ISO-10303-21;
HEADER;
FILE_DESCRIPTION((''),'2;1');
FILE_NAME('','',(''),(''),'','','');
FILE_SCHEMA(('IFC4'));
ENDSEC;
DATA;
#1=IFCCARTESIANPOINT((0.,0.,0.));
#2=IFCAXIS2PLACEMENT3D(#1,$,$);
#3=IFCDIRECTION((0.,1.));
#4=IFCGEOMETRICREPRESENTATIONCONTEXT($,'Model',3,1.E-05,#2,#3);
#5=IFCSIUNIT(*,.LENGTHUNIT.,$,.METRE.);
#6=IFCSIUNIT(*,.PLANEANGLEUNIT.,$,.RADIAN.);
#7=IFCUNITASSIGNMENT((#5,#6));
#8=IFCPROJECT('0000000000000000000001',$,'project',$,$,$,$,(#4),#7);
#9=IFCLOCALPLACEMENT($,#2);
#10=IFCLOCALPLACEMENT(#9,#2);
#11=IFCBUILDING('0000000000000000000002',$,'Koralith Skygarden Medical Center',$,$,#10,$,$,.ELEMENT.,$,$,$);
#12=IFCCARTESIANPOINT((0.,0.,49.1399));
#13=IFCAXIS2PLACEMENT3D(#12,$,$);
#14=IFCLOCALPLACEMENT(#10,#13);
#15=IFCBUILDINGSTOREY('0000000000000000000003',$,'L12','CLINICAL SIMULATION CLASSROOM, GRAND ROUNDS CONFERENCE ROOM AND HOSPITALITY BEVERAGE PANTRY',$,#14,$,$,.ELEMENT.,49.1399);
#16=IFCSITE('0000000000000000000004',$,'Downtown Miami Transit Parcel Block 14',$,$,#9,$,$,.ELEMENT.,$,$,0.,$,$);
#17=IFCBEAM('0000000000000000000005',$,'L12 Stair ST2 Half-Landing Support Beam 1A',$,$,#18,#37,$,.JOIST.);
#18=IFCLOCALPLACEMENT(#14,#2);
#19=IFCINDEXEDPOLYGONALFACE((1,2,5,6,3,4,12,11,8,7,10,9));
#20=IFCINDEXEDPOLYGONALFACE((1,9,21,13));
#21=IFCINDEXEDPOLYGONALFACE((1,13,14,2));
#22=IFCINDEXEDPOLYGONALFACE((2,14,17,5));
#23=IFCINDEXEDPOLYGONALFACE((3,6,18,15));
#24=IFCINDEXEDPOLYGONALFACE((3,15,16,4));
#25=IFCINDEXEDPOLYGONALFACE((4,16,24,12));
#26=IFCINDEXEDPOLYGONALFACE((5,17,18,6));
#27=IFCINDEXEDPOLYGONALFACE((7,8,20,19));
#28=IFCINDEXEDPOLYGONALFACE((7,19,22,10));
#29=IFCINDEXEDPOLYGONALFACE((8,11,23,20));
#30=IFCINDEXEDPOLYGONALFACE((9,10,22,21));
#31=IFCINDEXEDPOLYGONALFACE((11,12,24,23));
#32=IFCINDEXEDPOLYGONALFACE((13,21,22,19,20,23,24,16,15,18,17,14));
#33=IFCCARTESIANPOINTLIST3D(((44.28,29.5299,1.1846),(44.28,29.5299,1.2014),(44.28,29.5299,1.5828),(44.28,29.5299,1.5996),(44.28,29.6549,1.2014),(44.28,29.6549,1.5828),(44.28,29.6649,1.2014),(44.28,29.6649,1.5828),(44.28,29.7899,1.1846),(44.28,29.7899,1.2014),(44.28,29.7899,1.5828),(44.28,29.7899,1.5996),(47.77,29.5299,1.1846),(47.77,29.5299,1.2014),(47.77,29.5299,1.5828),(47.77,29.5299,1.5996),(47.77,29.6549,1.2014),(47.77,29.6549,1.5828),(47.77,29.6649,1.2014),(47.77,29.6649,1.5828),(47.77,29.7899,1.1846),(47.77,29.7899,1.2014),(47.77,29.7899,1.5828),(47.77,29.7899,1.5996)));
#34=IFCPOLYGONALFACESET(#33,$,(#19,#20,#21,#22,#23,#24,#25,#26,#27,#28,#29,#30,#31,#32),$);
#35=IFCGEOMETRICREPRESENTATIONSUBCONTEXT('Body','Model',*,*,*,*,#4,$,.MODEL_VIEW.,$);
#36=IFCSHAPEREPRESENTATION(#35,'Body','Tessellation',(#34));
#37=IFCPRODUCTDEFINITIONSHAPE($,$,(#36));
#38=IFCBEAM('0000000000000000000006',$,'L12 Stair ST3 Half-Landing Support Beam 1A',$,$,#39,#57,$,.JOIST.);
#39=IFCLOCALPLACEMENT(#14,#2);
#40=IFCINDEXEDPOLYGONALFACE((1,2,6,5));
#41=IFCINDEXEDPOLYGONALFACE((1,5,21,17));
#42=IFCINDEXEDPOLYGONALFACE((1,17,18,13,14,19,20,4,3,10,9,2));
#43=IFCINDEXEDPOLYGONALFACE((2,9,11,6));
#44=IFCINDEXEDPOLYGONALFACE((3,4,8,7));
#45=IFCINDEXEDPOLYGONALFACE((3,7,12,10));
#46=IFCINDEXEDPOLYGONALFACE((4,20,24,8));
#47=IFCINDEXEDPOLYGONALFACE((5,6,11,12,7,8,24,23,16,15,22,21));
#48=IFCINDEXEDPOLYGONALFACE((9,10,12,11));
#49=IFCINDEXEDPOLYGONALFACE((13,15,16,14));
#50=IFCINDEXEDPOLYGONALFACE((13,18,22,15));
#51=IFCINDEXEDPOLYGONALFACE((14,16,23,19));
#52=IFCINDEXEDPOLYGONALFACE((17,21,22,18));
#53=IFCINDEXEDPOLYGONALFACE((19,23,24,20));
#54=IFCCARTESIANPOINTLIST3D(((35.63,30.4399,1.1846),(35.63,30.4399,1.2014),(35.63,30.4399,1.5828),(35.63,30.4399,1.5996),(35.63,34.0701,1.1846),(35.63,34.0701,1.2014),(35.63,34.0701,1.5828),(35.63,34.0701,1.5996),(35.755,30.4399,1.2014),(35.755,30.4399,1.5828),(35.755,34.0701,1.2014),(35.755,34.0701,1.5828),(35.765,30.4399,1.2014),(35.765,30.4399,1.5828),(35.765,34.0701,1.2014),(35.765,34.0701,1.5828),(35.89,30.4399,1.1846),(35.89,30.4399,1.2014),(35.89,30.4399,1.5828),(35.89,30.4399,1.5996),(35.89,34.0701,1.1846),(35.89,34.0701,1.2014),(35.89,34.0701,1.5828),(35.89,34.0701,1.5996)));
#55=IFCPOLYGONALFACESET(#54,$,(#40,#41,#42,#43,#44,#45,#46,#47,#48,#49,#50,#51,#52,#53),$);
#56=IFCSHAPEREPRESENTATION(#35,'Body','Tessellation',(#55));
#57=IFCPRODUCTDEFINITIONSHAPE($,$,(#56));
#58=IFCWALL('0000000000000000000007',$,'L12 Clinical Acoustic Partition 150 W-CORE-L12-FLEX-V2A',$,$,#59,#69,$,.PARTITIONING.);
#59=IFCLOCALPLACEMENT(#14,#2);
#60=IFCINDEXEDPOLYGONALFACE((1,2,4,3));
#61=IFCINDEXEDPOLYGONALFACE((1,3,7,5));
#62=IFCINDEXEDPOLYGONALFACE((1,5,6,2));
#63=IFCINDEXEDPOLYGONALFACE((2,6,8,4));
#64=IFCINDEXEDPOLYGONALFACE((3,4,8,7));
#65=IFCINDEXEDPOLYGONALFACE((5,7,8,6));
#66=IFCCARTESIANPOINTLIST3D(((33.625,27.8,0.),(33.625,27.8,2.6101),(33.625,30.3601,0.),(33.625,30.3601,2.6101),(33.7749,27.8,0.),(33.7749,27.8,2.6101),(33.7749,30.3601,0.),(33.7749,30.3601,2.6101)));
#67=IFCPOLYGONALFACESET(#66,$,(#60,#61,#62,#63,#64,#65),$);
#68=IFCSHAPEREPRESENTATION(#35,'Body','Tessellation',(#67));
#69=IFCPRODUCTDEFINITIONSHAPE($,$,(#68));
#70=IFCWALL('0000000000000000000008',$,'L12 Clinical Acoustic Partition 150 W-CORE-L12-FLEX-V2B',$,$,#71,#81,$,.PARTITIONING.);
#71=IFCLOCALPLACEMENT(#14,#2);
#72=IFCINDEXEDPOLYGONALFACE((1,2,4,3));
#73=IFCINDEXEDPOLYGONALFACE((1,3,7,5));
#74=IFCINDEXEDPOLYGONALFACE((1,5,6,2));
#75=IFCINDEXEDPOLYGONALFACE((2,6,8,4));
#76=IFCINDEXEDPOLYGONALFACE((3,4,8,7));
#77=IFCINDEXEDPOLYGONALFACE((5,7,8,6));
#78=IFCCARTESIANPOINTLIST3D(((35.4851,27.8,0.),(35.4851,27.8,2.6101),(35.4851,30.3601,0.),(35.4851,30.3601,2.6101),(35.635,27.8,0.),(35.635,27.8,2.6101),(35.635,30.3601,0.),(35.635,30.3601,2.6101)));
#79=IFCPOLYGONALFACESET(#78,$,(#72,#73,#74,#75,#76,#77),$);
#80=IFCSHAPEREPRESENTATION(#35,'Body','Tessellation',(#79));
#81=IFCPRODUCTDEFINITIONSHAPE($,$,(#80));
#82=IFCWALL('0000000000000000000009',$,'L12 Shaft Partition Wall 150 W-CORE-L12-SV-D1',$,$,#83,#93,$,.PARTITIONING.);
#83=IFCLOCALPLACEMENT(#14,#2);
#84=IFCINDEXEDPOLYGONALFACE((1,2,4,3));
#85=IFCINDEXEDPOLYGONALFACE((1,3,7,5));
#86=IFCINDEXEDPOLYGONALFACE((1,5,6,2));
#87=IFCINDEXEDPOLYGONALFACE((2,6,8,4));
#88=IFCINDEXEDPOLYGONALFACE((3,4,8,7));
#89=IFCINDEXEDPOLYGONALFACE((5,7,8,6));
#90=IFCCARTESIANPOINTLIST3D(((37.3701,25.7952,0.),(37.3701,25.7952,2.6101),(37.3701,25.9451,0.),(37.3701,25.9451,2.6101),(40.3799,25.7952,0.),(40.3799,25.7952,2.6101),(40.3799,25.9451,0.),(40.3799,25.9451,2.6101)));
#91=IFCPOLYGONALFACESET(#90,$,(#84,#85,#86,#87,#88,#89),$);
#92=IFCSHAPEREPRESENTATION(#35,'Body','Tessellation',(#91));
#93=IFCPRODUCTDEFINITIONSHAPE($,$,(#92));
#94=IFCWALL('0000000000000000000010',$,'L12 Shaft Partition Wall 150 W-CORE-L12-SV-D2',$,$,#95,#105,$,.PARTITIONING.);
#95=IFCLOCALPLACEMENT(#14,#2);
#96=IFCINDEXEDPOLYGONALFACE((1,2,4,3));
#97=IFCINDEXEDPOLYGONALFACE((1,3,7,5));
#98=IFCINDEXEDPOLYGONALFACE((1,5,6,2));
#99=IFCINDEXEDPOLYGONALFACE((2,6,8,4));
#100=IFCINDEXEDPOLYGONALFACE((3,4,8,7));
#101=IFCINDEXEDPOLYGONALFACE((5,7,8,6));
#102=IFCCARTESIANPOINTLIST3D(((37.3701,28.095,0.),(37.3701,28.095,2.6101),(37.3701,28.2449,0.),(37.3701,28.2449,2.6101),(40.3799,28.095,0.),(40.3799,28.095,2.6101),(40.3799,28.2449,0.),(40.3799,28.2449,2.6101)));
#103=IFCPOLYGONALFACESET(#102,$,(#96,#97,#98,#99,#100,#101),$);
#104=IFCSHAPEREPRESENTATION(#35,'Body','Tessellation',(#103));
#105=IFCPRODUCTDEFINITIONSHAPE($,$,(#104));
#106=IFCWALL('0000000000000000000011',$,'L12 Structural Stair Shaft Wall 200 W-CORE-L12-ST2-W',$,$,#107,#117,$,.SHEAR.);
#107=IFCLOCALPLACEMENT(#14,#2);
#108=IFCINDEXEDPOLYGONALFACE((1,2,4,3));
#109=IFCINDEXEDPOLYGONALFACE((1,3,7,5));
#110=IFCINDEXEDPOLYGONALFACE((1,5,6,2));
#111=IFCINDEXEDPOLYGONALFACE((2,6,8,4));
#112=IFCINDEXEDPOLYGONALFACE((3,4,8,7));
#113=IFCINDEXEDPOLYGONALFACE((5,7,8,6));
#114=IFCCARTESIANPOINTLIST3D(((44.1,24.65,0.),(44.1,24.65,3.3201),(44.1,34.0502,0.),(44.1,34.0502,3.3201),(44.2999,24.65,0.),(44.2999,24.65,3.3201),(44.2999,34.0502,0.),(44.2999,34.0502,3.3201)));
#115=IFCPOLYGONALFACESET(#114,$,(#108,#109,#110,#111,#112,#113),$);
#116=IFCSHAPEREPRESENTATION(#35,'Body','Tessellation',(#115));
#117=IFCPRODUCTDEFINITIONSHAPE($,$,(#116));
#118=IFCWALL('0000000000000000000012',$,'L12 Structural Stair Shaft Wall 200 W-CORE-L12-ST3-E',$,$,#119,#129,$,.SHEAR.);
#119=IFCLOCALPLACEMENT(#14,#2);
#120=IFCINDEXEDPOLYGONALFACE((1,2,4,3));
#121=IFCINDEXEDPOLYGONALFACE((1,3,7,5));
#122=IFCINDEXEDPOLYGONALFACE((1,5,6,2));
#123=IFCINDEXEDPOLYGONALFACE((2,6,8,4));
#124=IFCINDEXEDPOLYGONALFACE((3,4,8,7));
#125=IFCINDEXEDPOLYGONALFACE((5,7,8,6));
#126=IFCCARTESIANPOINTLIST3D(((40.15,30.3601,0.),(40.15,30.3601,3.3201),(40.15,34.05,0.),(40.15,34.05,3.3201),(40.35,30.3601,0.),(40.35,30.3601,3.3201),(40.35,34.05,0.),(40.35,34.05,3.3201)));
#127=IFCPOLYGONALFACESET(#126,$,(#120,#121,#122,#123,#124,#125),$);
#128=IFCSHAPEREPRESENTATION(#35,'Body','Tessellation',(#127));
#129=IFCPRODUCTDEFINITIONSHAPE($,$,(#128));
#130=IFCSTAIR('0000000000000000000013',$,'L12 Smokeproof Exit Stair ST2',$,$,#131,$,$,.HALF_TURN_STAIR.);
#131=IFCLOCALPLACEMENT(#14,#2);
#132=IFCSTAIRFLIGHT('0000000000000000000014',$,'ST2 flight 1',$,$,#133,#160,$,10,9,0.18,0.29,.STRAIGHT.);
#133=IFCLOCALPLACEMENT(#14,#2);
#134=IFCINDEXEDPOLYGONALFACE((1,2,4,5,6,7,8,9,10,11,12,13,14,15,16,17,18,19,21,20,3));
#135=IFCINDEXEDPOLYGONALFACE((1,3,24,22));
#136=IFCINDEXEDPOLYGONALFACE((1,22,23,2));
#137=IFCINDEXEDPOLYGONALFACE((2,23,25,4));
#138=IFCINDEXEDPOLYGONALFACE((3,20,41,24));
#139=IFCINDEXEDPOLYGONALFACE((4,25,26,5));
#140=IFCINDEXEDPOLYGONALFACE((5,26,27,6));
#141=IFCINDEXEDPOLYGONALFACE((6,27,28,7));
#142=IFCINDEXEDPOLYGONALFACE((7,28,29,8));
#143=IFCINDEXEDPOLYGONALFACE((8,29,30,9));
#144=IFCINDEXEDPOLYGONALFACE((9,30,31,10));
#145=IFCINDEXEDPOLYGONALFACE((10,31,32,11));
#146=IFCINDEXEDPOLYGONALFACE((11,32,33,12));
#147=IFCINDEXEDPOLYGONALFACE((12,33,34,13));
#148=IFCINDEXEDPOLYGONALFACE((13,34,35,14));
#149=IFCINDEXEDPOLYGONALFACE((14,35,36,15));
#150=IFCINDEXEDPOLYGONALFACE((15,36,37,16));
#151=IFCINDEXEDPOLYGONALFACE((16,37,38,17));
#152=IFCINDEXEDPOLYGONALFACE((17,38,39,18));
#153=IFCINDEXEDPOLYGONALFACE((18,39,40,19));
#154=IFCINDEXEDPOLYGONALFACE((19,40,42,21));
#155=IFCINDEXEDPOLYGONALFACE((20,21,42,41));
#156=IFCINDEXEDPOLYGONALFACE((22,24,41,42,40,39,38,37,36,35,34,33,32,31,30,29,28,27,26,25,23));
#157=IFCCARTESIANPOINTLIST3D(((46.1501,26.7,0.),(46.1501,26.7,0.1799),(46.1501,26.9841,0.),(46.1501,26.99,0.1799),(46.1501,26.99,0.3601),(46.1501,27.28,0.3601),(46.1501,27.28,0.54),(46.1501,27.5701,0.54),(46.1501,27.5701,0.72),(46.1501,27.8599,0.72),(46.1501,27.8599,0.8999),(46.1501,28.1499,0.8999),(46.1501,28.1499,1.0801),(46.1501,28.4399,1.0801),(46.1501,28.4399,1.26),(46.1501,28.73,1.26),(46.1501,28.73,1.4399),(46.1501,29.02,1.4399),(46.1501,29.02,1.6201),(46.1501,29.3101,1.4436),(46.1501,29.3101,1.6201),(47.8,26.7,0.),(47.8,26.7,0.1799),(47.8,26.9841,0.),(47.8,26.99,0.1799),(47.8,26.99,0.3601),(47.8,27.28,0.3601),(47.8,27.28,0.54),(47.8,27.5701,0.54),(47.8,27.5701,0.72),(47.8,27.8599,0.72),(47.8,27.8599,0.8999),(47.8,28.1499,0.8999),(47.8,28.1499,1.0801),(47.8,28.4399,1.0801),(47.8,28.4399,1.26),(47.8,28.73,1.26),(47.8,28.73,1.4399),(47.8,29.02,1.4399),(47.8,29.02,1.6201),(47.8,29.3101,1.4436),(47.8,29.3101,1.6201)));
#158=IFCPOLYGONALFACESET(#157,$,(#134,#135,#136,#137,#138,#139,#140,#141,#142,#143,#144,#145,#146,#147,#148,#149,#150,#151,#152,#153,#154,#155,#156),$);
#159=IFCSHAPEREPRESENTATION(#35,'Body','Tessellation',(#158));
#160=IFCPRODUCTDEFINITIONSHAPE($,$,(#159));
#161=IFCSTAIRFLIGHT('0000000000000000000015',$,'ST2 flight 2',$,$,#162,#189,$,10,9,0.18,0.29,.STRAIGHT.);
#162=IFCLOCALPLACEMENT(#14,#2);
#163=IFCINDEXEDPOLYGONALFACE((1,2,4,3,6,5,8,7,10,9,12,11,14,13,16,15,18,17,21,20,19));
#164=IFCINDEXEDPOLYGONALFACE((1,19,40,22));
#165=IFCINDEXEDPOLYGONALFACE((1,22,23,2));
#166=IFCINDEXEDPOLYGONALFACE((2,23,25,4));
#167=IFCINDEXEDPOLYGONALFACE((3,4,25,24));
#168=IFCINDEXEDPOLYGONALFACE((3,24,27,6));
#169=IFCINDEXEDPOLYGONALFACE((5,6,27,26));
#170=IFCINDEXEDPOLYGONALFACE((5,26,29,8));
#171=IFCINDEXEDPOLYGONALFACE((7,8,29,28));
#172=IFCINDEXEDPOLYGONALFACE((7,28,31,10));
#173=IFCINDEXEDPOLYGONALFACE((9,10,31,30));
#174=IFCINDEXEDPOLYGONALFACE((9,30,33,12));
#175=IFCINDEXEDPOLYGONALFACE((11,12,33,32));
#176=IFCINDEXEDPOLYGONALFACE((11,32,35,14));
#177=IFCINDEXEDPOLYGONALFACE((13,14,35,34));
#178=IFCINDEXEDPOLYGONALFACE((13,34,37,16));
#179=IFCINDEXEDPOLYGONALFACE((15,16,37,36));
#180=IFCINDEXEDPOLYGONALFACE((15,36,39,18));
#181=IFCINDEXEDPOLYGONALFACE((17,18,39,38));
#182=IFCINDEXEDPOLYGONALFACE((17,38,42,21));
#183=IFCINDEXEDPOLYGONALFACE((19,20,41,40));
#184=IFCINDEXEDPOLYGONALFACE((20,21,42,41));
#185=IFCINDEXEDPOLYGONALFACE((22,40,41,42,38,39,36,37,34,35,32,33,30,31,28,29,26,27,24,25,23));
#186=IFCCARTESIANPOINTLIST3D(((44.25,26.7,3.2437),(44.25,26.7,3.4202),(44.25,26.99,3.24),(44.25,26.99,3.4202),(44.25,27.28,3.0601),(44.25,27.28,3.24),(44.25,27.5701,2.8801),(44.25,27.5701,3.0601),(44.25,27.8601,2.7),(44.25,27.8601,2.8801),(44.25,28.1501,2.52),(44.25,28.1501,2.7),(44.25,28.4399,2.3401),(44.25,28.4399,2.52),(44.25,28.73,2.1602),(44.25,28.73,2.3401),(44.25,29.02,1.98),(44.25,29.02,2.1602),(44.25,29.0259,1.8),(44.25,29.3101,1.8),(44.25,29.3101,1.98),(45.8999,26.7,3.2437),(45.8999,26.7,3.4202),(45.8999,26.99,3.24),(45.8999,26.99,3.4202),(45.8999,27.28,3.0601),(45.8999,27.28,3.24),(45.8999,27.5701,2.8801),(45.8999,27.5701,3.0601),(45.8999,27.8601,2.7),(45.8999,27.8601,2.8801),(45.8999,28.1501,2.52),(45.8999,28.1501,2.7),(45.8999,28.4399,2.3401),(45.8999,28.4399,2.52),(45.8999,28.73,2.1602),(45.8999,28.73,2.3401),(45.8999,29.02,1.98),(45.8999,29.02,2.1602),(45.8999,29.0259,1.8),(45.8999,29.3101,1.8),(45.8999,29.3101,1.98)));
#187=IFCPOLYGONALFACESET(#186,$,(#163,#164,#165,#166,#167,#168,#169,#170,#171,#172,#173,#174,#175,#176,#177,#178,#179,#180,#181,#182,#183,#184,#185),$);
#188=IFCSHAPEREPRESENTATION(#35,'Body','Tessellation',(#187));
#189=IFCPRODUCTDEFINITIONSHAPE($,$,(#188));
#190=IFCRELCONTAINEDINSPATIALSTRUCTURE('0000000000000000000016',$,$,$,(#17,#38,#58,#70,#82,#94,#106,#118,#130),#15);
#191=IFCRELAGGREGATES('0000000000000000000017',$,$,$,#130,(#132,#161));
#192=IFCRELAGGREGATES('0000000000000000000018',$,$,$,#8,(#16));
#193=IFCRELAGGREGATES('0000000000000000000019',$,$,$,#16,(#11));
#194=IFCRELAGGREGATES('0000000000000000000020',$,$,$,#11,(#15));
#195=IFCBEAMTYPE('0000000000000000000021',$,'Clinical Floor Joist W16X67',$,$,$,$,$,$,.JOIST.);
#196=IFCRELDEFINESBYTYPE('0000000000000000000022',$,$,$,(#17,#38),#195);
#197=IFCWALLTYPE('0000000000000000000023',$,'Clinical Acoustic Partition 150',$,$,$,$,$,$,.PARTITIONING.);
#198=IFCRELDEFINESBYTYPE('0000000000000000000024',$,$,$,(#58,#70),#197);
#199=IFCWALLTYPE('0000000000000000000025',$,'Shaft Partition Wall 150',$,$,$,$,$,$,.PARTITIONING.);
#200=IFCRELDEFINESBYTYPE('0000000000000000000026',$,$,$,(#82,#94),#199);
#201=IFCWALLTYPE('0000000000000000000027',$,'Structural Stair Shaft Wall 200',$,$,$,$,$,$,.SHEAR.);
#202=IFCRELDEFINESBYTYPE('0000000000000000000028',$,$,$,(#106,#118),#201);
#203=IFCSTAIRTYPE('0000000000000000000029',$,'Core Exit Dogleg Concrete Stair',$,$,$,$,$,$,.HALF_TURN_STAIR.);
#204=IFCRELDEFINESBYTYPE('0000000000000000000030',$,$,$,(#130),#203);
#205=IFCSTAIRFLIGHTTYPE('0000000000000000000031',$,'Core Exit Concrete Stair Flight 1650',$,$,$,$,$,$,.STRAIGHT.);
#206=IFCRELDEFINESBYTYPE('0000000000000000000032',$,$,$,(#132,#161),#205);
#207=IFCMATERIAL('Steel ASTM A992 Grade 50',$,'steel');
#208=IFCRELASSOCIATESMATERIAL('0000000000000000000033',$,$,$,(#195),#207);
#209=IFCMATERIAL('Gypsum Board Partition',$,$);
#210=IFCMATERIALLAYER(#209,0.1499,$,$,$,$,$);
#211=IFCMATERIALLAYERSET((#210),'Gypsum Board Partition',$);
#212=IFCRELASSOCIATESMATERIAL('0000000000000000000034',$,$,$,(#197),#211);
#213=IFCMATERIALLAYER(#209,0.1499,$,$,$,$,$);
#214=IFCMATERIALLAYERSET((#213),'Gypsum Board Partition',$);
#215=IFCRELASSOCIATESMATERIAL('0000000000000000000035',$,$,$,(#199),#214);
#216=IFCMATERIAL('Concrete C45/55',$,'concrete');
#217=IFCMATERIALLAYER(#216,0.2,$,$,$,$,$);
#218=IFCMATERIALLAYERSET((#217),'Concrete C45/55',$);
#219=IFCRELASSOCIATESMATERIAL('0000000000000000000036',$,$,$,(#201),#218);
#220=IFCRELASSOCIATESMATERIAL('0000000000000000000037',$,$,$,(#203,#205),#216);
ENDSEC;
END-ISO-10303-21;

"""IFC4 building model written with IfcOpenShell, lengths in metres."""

from ifc_helpers import new_model, si_unit, direction, frame, frame_2d, origin, origin_2d, place, context, subcontext, project, spatial, polyline, rectangle, i_section, outline, extrude, material, layer, layer_set, material_profile, profile_set, type_object, element, aggregate, save


model = new_model("IFC4")

# Units and contexts
model_context = context("Model", 3, precision=1e-05, world=origin(), true_north=direction((0.0, 1.0)))
body_context = subcontext(model_context, "Body", "Model", "MODEL_VIEW")
ifc_project = project(units=[si_unit("LENGTHUNIT", "METRE"), si_unit("PLANEANGLEUNIT", "RADIAN")], contexts=[model_context])

# Site, building, storey
site_placement = place(None, origin())
site = spatial("IfcSite", under=ifc_project, at=site_placement, Name="Downtown Miami Transit Parcel Block 14", CompositionType="ELEMENT", RefElevation=0.0)
building_placement = place(site_placement, origin())
building = spatial("IfcBuilding", under=site, at=building_placement, Name="Koralith Skygarden Medical Center", CompositionType="ELEMENT")
storey_placement = place(building_placement, frame((0.0, 0.0, 49.1399)))
storey = spatial("IfcBuildingStorey", under=building, at=storey_placement, Name="L12", Description="CLINICAL SIMULATION CLASSROOM, GRAND ROUNDS CONFERENCE ROOM AND HOSPITALITY BEVERAGE PANTRY", CompositionType="ELEMENT", Elevation=49.1399)

# Beams
ifc_material_1 = material(Name="Steel ASTM A992 Grade 50", Category="steel")
ifc_material_profile = material_profile(ifc_material_1, i_section(OverallWidth=0.26, OverallDepth=0.415, WebThickness=0.01, FlangeThickness=0.0168, at=origin_2d()), Name="W16X67")
ifc_profile_set = profile_set([ifc_material_profile], Name="Steel ASTM A992 Grade 50")
beam_type = type_object("IfcBeamType", Name="Clinical Floor Joist W16X67", PredefinedType="JOIST", material=ifc_profile_set)
beam_1_placement = place(storey_placement, frame((44.28, 29.6599, 1.3921), z_axis=(1.0, 0.0, 0.0), x_axis=(0.0, 1.0, 0.0)))
element("IfcBeam", 1, at=beam_1_placement, inside=storey, type_object=beam_type, Name="L12 Stair ST2 Half-Landing Support Beam 1A", PredefinedType="JOIST", context=body_context, shape_type="SweptSolid", body=[
    extrude(i_section(OverallWidth=0.26, OverallDepth=0.415, WebThickness=0.01, FlangeThickness=0.0168, at=origin_2d()), origin(), (0.0, 0.0, 1.0), 3.49),
])
beam_2_placement = place(storey_placement, frame((35.76, 30.4399, 1.3921), z_axis=(0.0, 1.0, 0.0), x_axis=(-1.0, 0.0, 0.0)))
element("IfcBeam", 2, at=beam_2_placement, inside=storey, type_object=beam_type, Name="L12 Stair ST3 Half-Landing Support Beam 1A", PredefinedType="JOIST", context=body_context, shape_type="SweptSolid", body=[
    extrude(i_section(OverallWidth=0.26, OverallDepth=0.415, WebThickness=0.01, FlangeThickness=0.0168, at=origin_2d()), origin(), (0.0, 0.0, 1.0), 3.6301),
])

# Walls
ifc_material_2 = material(Name="Gypsum Board Partition")
ifc_layer_1 = layer(ifc_material_2, 0.1499)
ifc_layer_set_1 = layer_set([ifc_layer_1], Name="Gypsum Board Partition")
wall_type_1 = type_object("IfcWallType", Name="Clinical Acoustic Partition 150", PredefinedType="PARTITIONING", material=ifc_layer_set_1)
for number, where, z_axis, x_axis, name in (
    (3, (33.7, 27.8, 0.0), (0.0, 0.0, 1.0), (0.0, 1.0, 0.0), "L12 Clinical Acoustic Partition 150 W-CORE-L12-FLEX-V2A"),
    (4, (35.5601, 27.8, 0.0), (0.0, 0.0, 1.0), (0.0, 1.0, 0.0), "L12 Clinical Acoustic Partition 150 W-CORE-L12-FLEX-V2B"),
):
    element("IfcWall", number, at=place(storey_placement, frame(where, z_axis=z_axis, x_axis=x_axis)), inside=storey, type_object=wall_type_1, Name=name, PredefinedType="PARTITIONING", context=body_context, shape_type="SweptSolid", body=[
        extrude(rectangle(XDim=2.5601, YDim=0.1499, at=frame_2d((1.28, 0.0))), origin(), (0.0, 0.0, 1.0), 2.6101),
    ])
ifc_layer_2 = layer(ifc_material_2, 0.1499)
ifc_layer_set_2 = layer_set([ifc_layer_2], Name="Gypsum Board Partition")
wall_type_2 = type_object("IfcWallType", Name="Shaft Partition Wall 150", PredefinedType="PARTITIONING", material=ifc_layer_set_2)
for number, where, z_axis, x_axis, name in (
    (5, (37.3701, 25.8701, 0.0), (0.0, 0.0, 1.0), (1.0, 0.0, 0.0), "L12 Shaft Partition Wall 150 W-CORE-L12-SV-D1"),
    (6, (37.3701, 28.1699, 0.0), (0.0, 0.0, 1.0), (1.0, 0.0, 0.0), "L12 Shaft Partition Wall 150 W-CORE-L12-SV-D2"),
):
    element("IfcWall", number, at=place(storey_placement, frame(where, z_axis=z_axis, x_axis=x_axis)), inside=storey, type_object=wall_type_2, Name=name, PredefinedType="PARTITIONING", context=body_context, shape_type="SweptSolid", body=[
        extrude(rectangle(XDim=3.0098, YDim=0.1499, at=frame_2d((1.5049, 0.0))), origin(), (0.0, 0.0, 1.0), 2.6101),
    ])
ifc_material_3 = material(Name="Concrete C45/55", Category="concrete")
ifc_layer_3 = layer(ifc_material_3, 0.2)
ifc_layer_set_3 = layer_set([ifc_layer_3], Name="Concrete C45/55")
wall_type_3 = type_object("IfcWallType", Name="Structural Stair Shaft Wall 200", PredefinedType="SHEAR", material=ifc_layer_set_3)
wall_1_placement = place(storey_placement, frame((44.2, 24.6499, 0.0), z_axis=(0.0, 0.0, 1.0), x_axis=(0.0, 1.0, 0.0)))
element("IfcWall", 7, at=wall_1_placement, inside=storey, type_object=wall_type_3, Name="L12 Structural Stair Shaft Wall 200 W-CORE-L12-ST2-W", PredefinedType="SHEAR", context=body_context, shape_type="SweptSolid", body=[
    extrude(rectangle(XDim=9.4001, YDim=0.2, at=frame_2d((4.7002, 0.0))), origin(), (0.0, 0.0, 1.0), 3.3201),
])
wall_2_placement = place(storey_placement, frame((40.25, 30.3601, 0.0), z_axis=(0.0, 0.0, 1.0), x_axis=(0.0, 1.0, 0.0)))
element("IfcWall", 8, at=wall_2_placement, inside=storey, type_object=wall_type_3, Name="L12 Structural Stair Shaft Wall 200 W-CORE-L12-ST3-E", PredefinedType="SHEAR", context=body_context, shape_type="SweptSolid", body=[
    extrude(rectangle(XDim=3.6899, YDim=0.2, at=frame_2d((1.845, 0.0))), origin(), (0.0, 0.0, 1.0), 3.3201),
])

# Stair, stair flights
stair_type = type_object("IfcStairType", Name="Core Exit Dogleg Concrete Stair", PredefinedType="HALF_TURN_STAIR", material=ifc_material_3)
stair_placement = place(storey_placement, origin())
stair = element("IfcStair", 9, at=stair_placement, inside=storey, type_object=stair_type, Name="L12 Smokeproof Exit Stair ST2", PredefinedType="HALF_TURN_STAIR")
stair_flight_type = type_object("IfcStairFlightType", Name="Core Exit Concrete Stair Flight 1650", PredefinedType="STRAIGHT", material=ifc_material_3)
stair_flight_1_placement = place(storey_placement, frame((46.9751, 26.7, 0.0), z_axis=(0.0, 0.0, 1.0), x_axis=(0.0, 1.0, 0.0)))
stair_flight_1 = element("IfcStairFlight", 10, at=stair_flight_1_placement, type_object=stair_flight_type, Name="ST2 flight 1", NumberOfRisers=10, NumberOfTreads=9, PredefinedType="STRAIGHT", RiserHeight=0.18, TreadLength=0.29, context=body_context, shape_type="SweptSolid", body=[
    extrude(outline(polyline([(0.0, 0.0), (0.0, 0.1799), (0.29, 0.1799), (0.29, 0.3601), (0.5801, 0.3601), (0.5801, 0.54), (0.8701, 0.54), (0.8701, 0.72), (1.1599, 0.72), (1.1599, 0.8999), (1.45, 0.8999), (1.45, 1.0801), (1.74, 1.0801), (1.74, 1.26), (2.03, 1.26), (2.03, 1.4399), (2.3201, 1.4399), (2.3201, 1.6201), (2.6101, 1.6201), (2.6101, 1.8), (2.6101, 1.4436), (0.2842, 0.0), (0.0, 0.0)])), frame((0.0, 0.825, 0.0), z_axis=(0.0, -1.0, 0.0), x_axis=(1.0, 0.0, 0.0)), (0.0, 0.0, 1.0), 1.6499),
])
stair_flight_2_placement = place(storey_placement, frame((45.075, 29.3101, 1.8), z_axis=(0.0, 0.0, 1.0), x_axis=(0.0, -1.0, 0.0)))
stair_flight_2 = element("IfcStairFlight", 11, at=stair_flight_2_placement, type_object=stair_flight_type, Name="ST2 flight 2", NumberOfRisers=10, NumberOfTreads=9, PredefinedType="STRAIGHT", RiserHeight=0.18, TreadLength=0.29, context=body_context, shape_type="SweptSolid", body=[
    extrude(outline(polyline([(0.0, 0.0), (0.0, 0.1799), (0.29, 0.1799), (0.29, 0.3601), (0.5801, 0.3601), (0.5801, 0.54), (0.8701, 0.54), (0.8701, 0.72), (1.1599, 0.72), (1.1599, 0.8999), (1.45, 0.8999), (1.45, 1.0801), (1.74, 1.0801), (1.74, 1.26), (2.03, 1.26), (2.03, 1.4399), (2.3201, 1.4399), (2.3201, 1.6201), (2.6101, 1.6201), (2.6101, 1.8), (2.6101, 1.4436), (0.2842, 0.0), (0.0, 0.0)])), frame((0.0, 0.825, 0.0), z_axis=(0.0, -1.0, 0.0), x_axis=(1.0, 0.0, 0.0)), (0.0, 0.0, 1.0), 1.6499),
])
aggregate(stair, [stair_flight_1, stair_flight_2])

save(model, "model.ifc")
